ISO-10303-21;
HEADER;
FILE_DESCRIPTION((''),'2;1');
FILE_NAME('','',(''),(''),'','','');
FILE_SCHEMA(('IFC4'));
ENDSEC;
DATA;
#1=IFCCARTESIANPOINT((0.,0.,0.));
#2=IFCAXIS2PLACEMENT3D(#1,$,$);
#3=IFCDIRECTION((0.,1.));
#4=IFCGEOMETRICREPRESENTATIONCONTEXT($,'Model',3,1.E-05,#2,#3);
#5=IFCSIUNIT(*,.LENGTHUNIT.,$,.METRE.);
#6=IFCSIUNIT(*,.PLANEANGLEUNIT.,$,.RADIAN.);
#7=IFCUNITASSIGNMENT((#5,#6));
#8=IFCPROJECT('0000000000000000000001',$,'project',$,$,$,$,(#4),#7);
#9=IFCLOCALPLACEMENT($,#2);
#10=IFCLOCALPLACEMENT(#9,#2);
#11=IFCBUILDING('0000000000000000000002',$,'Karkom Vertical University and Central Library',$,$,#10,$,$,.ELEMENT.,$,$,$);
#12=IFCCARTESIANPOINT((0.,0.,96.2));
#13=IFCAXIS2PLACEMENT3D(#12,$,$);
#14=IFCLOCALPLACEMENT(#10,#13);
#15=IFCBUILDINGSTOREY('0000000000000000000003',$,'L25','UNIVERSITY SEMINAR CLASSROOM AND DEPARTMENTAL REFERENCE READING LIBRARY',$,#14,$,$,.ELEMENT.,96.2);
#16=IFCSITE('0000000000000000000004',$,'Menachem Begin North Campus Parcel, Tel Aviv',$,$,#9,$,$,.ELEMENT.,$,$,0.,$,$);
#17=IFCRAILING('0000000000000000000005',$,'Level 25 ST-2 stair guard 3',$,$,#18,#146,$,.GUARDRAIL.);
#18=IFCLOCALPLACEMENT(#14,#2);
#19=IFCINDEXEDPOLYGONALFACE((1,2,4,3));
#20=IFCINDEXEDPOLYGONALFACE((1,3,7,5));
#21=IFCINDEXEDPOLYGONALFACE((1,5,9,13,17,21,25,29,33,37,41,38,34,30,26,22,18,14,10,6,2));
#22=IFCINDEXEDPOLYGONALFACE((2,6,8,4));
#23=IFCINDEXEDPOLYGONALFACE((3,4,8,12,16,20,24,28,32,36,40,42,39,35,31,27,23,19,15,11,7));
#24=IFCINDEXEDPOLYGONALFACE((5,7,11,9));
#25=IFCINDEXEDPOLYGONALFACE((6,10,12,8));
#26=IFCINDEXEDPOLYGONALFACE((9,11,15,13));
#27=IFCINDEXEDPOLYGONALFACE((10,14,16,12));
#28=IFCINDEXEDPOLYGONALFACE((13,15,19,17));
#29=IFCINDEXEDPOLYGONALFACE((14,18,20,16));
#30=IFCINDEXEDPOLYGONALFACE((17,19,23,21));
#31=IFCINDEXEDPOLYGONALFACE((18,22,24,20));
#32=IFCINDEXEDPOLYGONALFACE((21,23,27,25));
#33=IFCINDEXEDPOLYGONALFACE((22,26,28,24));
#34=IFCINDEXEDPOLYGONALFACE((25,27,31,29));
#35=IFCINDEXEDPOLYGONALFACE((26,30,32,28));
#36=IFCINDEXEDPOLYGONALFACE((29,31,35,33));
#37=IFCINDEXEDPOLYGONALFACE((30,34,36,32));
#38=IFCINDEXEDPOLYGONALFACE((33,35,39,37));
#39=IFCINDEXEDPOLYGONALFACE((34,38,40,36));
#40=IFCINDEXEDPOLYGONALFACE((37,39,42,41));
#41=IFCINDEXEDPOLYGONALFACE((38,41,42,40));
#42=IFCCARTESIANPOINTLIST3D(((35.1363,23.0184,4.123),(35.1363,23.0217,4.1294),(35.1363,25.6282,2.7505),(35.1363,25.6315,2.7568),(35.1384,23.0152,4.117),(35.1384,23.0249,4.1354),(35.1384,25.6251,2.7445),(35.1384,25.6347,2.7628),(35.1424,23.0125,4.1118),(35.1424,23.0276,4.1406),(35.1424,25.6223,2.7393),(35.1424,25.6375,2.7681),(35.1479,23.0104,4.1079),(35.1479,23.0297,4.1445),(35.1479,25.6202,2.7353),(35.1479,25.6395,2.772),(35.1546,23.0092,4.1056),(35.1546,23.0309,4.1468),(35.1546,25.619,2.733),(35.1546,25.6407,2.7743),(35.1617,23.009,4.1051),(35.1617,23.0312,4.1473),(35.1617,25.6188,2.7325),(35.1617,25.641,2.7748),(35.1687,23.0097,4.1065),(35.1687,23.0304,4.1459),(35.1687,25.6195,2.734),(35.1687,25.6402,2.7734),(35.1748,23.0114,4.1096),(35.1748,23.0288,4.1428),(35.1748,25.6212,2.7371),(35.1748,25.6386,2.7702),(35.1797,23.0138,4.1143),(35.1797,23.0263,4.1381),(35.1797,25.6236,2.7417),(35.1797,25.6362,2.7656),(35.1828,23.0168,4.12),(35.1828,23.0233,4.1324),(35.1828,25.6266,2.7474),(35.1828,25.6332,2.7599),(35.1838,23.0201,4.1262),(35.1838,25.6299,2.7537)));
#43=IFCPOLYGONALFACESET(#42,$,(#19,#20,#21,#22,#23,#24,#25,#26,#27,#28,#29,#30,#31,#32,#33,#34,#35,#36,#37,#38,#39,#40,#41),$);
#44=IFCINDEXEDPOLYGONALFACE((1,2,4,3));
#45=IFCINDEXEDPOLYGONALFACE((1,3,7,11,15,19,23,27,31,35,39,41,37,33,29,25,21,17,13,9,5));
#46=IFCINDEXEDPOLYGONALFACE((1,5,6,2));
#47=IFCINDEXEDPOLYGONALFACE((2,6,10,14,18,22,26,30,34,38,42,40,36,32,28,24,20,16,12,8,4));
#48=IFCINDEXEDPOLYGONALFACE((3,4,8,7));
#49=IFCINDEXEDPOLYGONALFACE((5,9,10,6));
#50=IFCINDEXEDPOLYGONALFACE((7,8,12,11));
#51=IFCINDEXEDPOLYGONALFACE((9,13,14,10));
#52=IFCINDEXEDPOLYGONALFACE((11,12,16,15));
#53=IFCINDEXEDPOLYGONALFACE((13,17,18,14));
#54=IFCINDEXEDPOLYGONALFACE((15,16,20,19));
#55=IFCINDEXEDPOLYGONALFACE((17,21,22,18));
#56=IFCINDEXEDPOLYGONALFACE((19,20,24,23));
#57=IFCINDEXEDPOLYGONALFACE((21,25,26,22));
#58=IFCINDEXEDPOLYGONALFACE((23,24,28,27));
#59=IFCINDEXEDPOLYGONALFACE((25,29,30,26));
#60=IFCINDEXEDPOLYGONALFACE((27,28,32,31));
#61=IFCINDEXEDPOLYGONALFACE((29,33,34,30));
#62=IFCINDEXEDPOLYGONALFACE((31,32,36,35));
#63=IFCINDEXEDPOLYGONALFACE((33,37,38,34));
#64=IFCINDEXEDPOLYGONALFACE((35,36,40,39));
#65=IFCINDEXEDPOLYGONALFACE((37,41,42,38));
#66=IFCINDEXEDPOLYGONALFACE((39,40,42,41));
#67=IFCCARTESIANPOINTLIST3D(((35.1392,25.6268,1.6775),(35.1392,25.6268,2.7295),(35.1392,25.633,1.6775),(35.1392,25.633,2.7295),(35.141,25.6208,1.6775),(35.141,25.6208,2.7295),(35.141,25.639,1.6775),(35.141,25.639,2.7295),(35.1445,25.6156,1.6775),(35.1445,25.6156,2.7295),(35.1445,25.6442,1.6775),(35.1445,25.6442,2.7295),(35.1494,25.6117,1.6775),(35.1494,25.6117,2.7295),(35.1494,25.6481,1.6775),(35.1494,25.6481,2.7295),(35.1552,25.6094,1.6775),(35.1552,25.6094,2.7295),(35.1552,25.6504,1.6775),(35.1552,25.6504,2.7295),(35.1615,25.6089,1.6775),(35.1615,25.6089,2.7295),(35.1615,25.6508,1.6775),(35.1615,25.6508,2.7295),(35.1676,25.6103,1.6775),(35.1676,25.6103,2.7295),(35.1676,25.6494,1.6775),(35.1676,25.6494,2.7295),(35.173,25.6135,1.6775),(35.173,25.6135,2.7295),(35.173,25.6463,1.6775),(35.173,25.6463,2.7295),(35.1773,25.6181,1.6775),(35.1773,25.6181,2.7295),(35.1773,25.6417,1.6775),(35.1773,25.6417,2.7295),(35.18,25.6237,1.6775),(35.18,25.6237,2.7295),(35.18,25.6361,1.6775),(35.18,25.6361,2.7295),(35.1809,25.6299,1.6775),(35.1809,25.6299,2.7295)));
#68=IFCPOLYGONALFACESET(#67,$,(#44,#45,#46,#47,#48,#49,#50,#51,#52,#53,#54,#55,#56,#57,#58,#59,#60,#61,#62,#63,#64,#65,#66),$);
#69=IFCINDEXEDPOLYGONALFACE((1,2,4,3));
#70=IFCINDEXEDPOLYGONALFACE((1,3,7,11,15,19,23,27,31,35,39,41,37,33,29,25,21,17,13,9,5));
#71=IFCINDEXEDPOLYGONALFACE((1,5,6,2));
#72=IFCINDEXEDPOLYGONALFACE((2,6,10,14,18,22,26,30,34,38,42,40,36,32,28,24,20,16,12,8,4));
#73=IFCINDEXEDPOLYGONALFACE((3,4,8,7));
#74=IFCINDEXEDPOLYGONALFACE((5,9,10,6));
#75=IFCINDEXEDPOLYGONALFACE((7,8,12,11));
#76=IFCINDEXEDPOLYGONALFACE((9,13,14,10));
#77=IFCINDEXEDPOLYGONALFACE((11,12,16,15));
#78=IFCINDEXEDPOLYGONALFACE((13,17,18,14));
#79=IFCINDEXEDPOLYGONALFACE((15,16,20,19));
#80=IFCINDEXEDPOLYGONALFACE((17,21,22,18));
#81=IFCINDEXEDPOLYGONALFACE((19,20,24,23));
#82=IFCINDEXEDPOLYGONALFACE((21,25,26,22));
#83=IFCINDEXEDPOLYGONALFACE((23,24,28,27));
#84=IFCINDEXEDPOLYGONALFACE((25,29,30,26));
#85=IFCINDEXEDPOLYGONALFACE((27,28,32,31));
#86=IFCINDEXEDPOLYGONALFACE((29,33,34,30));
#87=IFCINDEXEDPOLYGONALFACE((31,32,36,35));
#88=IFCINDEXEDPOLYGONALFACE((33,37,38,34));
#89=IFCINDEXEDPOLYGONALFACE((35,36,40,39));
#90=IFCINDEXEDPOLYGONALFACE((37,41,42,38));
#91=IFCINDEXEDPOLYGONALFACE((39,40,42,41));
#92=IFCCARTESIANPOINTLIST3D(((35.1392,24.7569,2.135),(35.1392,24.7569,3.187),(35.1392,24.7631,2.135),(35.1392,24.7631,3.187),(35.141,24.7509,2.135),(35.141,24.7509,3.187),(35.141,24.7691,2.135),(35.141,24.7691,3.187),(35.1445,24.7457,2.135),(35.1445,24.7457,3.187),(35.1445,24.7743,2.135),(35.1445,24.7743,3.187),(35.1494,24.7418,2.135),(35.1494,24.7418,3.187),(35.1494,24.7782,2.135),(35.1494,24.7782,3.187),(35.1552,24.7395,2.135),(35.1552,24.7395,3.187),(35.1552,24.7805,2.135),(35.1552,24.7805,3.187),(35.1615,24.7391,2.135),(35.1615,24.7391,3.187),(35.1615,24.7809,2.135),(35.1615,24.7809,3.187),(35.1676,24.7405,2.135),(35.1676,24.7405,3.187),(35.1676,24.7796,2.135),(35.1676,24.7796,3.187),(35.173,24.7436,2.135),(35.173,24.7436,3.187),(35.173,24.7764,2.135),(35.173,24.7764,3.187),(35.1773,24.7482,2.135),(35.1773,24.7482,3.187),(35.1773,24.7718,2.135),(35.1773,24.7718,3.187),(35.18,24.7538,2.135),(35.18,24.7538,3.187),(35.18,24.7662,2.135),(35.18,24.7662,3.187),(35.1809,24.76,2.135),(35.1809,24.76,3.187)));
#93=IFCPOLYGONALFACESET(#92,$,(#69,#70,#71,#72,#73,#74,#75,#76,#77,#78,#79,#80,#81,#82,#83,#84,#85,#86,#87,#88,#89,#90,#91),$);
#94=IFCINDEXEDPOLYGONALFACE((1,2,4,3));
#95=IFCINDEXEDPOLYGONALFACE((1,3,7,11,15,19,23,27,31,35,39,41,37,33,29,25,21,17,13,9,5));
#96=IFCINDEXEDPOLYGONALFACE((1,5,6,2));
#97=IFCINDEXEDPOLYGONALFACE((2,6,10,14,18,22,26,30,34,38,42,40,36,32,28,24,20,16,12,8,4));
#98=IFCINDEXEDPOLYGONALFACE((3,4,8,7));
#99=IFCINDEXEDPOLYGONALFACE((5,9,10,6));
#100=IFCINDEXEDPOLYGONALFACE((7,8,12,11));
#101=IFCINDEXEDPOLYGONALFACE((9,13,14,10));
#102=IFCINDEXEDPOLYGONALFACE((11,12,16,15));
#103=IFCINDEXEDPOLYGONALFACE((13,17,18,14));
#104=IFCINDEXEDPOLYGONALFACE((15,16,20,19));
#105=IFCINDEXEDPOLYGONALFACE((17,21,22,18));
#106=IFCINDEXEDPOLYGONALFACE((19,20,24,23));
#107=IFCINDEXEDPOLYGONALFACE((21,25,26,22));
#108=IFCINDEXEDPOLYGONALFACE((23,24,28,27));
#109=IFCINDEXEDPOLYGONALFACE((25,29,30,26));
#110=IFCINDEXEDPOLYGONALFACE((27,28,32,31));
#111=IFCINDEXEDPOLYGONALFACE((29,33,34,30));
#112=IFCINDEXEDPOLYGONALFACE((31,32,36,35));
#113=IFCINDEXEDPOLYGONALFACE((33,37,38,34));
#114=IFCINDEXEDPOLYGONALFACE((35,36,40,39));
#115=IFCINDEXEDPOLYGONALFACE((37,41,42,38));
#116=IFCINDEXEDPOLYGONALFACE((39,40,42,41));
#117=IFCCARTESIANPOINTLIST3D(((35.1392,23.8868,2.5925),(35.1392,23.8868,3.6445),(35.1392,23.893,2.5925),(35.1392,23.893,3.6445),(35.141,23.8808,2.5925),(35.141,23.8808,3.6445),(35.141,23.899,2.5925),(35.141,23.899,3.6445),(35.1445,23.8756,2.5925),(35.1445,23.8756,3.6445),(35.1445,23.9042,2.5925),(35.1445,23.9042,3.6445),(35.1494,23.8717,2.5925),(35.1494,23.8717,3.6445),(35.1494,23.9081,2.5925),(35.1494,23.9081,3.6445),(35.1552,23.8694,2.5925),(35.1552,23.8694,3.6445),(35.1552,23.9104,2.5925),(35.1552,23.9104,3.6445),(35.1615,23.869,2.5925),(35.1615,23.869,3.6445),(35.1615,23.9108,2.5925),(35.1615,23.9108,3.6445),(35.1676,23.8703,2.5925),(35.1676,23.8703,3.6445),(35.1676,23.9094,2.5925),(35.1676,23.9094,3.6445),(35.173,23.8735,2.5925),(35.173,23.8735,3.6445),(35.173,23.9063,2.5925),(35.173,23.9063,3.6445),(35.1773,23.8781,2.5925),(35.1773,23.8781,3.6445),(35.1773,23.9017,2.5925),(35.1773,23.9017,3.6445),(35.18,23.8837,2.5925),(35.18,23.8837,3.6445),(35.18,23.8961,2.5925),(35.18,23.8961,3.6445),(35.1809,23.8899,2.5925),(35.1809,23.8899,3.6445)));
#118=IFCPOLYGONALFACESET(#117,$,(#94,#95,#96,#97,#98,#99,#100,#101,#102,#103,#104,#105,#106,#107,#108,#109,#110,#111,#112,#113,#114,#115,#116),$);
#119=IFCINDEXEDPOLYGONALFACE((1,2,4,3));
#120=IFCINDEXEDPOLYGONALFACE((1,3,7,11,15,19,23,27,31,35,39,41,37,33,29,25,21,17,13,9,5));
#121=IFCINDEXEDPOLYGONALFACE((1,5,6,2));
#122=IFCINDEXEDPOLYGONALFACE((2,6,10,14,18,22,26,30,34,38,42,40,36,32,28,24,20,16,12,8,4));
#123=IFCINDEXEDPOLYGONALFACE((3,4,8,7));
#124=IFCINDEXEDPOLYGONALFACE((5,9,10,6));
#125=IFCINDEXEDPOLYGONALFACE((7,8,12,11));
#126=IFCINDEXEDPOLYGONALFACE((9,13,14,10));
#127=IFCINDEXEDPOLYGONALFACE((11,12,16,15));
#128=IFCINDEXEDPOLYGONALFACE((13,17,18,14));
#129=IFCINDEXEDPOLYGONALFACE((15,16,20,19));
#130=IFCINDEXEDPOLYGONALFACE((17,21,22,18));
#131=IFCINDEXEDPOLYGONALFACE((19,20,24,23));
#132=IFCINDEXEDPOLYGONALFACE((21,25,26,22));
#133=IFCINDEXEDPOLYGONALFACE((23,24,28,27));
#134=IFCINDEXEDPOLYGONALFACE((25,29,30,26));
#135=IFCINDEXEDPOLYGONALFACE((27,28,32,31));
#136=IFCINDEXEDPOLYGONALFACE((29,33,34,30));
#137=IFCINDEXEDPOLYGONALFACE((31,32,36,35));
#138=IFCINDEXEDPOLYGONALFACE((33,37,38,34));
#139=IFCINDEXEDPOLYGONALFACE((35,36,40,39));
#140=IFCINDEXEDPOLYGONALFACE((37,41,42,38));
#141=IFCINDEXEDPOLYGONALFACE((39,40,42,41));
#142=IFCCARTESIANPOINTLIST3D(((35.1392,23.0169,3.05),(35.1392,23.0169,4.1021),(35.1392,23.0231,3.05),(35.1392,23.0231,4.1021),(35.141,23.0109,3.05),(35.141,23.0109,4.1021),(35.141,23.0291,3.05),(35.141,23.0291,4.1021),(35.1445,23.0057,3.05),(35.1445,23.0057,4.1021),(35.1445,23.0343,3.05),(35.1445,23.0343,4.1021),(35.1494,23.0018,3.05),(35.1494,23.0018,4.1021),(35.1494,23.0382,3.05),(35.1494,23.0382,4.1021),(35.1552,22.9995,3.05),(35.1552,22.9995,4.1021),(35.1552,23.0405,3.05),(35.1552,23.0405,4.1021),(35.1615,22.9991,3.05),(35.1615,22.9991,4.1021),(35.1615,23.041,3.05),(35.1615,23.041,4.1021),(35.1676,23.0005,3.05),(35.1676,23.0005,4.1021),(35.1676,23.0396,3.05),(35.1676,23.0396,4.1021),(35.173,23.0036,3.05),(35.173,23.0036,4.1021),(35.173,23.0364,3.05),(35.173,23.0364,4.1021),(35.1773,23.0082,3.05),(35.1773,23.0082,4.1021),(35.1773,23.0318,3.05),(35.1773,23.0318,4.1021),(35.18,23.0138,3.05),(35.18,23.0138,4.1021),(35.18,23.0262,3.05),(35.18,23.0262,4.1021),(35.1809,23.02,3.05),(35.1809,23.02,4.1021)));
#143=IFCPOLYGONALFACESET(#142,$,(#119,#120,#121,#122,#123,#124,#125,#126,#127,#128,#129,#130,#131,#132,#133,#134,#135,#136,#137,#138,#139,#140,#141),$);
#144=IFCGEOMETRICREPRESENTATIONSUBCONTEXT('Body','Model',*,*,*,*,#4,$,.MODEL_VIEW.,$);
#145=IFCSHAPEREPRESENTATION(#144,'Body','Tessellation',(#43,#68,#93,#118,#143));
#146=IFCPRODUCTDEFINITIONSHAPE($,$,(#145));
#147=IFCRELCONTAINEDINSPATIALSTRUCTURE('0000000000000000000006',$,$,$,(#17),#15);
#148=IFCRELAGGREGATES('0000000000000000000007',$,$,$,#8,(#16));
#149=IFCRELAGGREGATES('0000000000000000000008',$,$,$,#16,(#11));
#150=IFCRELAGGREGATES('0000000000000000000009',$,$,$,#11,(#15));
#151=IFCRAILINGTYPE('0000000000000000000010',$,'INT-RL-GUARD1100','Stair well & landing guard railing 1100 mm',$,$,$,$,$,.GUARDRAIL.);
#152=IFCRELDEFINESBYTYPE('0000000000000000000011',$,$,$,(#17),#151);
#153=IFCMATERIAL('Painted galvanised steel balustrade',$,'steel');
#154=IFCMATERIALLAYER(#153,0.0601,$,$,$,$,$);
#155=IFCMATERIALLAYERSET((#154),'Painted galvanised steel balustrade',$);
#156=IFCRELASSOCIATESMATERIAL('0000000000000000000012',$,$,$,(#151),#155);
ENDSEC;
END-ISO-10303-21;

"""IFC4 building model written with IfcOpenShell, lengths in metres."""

from ifc_helpers import new_model, si_unit, direction, frame, origin, origin_2d, place, context, subcontext, project, spatial, circle, extrude, material, layer, layer_set, type_object, element, save


model = new_model("IFC4")

# Units and contexts
model_context = context("Model", 3, precision=1e-05, world=origin(), true_north=direction((0.0, 1.0)))
body_context = subcontext(model_context, "Body", "Model", "MODEL_VIEW")
ifc_project = project(units=[si_unit("LENGTHUNIT", "METRE"), si_unit("PLANEANGLEUNIT", "RADIAN")], contexts=[model_context])

# Site, building, storey
site_placement = place(None, origin())
site = spatial("IfcSite", under=ifc_project, at=site_placement, Name="Menachem Begin North Campus Parcel, Tel Aviv", CompositionType="ELEMENT", RefElevation=0.0)
building_placement = place(site_placement, origin())
building = spatial("IfcBuilding", under=site, at=building_placement, Name="Karkom Vertical University and Central Library", CompositionType="ELEMENT")
storey_placement = place(building_placement, frame((0.0, 0.0, 96.2)))
storey = spatial("IfcBuildingStorey", under=building, at=storey_placement, Name="L25", Description="UNIVERSITY SEMINAR CLASSROOM AND DEPARTMENTAL REFERENCE READING LIBRARY", CompositionType="ELEMENT", Elevation=96.2)

# Railing
ifc_material_1 = material(Name="Painted galvanised steel balustrade", Category="steel")
ifc_layer_1 = layer(ifc_material_1, 0.0601)
ifc_layer_set_1 = layer_set([ifc_layer_1], Name="Painted galvanised steel balustrade")
railing_type = type_object("IfcRailingType", Name="INT-RL-GUARD1100", Description="Stair well & landing guard railing 1100 mm", PredefinedType="GUARDRAIL", material=ifc_layer_set_1)
railing_1_placement = place(storey_placement, frame((35.1599, 25.6299, 1.6775)))
element("IfcRailing", 1, at=railing_1_placement, inside=storey, type_object=railing_type, Name="Level 25 ST-2 stair guard 3", PredefinedType="GUARDRAIL", context=body_context, shape_type="SweptSolid", body=[
    extrude(circle(Radius=0.0239, at=origin_2d()), frame((0.0, 0.0, 1.0762), z_axis=(0.0, -0.885065, 0.465467), x_axis=(1.0, 0.0, 0.0)), (0.0, 0.0, 1.0), 2.9487),
    extrude(circle(Radius=0.021, at=origin_2d()), origin(), (0.0, 0.0, 1.0), 1.052),
    extrude(circle(Radius=0.021, at=origin_2d()), frame((0.0, -0.8699, 0.4575)), (0.0, 0.0, 1.0), 1.052),
    extrude(circle(Radius=0.021, at=origin_2d()), frame((0.0, -1.74, 0.915)), (0.0, 0.0, 1.0), 1.052),
    extrude(circle(Radius=0.021, at=origin_2d()), frame((0.0, -2.6099, 1.3726)), (0.0, 0.0, 1.0), 1.052),
])

save(model, "model.ifc")
